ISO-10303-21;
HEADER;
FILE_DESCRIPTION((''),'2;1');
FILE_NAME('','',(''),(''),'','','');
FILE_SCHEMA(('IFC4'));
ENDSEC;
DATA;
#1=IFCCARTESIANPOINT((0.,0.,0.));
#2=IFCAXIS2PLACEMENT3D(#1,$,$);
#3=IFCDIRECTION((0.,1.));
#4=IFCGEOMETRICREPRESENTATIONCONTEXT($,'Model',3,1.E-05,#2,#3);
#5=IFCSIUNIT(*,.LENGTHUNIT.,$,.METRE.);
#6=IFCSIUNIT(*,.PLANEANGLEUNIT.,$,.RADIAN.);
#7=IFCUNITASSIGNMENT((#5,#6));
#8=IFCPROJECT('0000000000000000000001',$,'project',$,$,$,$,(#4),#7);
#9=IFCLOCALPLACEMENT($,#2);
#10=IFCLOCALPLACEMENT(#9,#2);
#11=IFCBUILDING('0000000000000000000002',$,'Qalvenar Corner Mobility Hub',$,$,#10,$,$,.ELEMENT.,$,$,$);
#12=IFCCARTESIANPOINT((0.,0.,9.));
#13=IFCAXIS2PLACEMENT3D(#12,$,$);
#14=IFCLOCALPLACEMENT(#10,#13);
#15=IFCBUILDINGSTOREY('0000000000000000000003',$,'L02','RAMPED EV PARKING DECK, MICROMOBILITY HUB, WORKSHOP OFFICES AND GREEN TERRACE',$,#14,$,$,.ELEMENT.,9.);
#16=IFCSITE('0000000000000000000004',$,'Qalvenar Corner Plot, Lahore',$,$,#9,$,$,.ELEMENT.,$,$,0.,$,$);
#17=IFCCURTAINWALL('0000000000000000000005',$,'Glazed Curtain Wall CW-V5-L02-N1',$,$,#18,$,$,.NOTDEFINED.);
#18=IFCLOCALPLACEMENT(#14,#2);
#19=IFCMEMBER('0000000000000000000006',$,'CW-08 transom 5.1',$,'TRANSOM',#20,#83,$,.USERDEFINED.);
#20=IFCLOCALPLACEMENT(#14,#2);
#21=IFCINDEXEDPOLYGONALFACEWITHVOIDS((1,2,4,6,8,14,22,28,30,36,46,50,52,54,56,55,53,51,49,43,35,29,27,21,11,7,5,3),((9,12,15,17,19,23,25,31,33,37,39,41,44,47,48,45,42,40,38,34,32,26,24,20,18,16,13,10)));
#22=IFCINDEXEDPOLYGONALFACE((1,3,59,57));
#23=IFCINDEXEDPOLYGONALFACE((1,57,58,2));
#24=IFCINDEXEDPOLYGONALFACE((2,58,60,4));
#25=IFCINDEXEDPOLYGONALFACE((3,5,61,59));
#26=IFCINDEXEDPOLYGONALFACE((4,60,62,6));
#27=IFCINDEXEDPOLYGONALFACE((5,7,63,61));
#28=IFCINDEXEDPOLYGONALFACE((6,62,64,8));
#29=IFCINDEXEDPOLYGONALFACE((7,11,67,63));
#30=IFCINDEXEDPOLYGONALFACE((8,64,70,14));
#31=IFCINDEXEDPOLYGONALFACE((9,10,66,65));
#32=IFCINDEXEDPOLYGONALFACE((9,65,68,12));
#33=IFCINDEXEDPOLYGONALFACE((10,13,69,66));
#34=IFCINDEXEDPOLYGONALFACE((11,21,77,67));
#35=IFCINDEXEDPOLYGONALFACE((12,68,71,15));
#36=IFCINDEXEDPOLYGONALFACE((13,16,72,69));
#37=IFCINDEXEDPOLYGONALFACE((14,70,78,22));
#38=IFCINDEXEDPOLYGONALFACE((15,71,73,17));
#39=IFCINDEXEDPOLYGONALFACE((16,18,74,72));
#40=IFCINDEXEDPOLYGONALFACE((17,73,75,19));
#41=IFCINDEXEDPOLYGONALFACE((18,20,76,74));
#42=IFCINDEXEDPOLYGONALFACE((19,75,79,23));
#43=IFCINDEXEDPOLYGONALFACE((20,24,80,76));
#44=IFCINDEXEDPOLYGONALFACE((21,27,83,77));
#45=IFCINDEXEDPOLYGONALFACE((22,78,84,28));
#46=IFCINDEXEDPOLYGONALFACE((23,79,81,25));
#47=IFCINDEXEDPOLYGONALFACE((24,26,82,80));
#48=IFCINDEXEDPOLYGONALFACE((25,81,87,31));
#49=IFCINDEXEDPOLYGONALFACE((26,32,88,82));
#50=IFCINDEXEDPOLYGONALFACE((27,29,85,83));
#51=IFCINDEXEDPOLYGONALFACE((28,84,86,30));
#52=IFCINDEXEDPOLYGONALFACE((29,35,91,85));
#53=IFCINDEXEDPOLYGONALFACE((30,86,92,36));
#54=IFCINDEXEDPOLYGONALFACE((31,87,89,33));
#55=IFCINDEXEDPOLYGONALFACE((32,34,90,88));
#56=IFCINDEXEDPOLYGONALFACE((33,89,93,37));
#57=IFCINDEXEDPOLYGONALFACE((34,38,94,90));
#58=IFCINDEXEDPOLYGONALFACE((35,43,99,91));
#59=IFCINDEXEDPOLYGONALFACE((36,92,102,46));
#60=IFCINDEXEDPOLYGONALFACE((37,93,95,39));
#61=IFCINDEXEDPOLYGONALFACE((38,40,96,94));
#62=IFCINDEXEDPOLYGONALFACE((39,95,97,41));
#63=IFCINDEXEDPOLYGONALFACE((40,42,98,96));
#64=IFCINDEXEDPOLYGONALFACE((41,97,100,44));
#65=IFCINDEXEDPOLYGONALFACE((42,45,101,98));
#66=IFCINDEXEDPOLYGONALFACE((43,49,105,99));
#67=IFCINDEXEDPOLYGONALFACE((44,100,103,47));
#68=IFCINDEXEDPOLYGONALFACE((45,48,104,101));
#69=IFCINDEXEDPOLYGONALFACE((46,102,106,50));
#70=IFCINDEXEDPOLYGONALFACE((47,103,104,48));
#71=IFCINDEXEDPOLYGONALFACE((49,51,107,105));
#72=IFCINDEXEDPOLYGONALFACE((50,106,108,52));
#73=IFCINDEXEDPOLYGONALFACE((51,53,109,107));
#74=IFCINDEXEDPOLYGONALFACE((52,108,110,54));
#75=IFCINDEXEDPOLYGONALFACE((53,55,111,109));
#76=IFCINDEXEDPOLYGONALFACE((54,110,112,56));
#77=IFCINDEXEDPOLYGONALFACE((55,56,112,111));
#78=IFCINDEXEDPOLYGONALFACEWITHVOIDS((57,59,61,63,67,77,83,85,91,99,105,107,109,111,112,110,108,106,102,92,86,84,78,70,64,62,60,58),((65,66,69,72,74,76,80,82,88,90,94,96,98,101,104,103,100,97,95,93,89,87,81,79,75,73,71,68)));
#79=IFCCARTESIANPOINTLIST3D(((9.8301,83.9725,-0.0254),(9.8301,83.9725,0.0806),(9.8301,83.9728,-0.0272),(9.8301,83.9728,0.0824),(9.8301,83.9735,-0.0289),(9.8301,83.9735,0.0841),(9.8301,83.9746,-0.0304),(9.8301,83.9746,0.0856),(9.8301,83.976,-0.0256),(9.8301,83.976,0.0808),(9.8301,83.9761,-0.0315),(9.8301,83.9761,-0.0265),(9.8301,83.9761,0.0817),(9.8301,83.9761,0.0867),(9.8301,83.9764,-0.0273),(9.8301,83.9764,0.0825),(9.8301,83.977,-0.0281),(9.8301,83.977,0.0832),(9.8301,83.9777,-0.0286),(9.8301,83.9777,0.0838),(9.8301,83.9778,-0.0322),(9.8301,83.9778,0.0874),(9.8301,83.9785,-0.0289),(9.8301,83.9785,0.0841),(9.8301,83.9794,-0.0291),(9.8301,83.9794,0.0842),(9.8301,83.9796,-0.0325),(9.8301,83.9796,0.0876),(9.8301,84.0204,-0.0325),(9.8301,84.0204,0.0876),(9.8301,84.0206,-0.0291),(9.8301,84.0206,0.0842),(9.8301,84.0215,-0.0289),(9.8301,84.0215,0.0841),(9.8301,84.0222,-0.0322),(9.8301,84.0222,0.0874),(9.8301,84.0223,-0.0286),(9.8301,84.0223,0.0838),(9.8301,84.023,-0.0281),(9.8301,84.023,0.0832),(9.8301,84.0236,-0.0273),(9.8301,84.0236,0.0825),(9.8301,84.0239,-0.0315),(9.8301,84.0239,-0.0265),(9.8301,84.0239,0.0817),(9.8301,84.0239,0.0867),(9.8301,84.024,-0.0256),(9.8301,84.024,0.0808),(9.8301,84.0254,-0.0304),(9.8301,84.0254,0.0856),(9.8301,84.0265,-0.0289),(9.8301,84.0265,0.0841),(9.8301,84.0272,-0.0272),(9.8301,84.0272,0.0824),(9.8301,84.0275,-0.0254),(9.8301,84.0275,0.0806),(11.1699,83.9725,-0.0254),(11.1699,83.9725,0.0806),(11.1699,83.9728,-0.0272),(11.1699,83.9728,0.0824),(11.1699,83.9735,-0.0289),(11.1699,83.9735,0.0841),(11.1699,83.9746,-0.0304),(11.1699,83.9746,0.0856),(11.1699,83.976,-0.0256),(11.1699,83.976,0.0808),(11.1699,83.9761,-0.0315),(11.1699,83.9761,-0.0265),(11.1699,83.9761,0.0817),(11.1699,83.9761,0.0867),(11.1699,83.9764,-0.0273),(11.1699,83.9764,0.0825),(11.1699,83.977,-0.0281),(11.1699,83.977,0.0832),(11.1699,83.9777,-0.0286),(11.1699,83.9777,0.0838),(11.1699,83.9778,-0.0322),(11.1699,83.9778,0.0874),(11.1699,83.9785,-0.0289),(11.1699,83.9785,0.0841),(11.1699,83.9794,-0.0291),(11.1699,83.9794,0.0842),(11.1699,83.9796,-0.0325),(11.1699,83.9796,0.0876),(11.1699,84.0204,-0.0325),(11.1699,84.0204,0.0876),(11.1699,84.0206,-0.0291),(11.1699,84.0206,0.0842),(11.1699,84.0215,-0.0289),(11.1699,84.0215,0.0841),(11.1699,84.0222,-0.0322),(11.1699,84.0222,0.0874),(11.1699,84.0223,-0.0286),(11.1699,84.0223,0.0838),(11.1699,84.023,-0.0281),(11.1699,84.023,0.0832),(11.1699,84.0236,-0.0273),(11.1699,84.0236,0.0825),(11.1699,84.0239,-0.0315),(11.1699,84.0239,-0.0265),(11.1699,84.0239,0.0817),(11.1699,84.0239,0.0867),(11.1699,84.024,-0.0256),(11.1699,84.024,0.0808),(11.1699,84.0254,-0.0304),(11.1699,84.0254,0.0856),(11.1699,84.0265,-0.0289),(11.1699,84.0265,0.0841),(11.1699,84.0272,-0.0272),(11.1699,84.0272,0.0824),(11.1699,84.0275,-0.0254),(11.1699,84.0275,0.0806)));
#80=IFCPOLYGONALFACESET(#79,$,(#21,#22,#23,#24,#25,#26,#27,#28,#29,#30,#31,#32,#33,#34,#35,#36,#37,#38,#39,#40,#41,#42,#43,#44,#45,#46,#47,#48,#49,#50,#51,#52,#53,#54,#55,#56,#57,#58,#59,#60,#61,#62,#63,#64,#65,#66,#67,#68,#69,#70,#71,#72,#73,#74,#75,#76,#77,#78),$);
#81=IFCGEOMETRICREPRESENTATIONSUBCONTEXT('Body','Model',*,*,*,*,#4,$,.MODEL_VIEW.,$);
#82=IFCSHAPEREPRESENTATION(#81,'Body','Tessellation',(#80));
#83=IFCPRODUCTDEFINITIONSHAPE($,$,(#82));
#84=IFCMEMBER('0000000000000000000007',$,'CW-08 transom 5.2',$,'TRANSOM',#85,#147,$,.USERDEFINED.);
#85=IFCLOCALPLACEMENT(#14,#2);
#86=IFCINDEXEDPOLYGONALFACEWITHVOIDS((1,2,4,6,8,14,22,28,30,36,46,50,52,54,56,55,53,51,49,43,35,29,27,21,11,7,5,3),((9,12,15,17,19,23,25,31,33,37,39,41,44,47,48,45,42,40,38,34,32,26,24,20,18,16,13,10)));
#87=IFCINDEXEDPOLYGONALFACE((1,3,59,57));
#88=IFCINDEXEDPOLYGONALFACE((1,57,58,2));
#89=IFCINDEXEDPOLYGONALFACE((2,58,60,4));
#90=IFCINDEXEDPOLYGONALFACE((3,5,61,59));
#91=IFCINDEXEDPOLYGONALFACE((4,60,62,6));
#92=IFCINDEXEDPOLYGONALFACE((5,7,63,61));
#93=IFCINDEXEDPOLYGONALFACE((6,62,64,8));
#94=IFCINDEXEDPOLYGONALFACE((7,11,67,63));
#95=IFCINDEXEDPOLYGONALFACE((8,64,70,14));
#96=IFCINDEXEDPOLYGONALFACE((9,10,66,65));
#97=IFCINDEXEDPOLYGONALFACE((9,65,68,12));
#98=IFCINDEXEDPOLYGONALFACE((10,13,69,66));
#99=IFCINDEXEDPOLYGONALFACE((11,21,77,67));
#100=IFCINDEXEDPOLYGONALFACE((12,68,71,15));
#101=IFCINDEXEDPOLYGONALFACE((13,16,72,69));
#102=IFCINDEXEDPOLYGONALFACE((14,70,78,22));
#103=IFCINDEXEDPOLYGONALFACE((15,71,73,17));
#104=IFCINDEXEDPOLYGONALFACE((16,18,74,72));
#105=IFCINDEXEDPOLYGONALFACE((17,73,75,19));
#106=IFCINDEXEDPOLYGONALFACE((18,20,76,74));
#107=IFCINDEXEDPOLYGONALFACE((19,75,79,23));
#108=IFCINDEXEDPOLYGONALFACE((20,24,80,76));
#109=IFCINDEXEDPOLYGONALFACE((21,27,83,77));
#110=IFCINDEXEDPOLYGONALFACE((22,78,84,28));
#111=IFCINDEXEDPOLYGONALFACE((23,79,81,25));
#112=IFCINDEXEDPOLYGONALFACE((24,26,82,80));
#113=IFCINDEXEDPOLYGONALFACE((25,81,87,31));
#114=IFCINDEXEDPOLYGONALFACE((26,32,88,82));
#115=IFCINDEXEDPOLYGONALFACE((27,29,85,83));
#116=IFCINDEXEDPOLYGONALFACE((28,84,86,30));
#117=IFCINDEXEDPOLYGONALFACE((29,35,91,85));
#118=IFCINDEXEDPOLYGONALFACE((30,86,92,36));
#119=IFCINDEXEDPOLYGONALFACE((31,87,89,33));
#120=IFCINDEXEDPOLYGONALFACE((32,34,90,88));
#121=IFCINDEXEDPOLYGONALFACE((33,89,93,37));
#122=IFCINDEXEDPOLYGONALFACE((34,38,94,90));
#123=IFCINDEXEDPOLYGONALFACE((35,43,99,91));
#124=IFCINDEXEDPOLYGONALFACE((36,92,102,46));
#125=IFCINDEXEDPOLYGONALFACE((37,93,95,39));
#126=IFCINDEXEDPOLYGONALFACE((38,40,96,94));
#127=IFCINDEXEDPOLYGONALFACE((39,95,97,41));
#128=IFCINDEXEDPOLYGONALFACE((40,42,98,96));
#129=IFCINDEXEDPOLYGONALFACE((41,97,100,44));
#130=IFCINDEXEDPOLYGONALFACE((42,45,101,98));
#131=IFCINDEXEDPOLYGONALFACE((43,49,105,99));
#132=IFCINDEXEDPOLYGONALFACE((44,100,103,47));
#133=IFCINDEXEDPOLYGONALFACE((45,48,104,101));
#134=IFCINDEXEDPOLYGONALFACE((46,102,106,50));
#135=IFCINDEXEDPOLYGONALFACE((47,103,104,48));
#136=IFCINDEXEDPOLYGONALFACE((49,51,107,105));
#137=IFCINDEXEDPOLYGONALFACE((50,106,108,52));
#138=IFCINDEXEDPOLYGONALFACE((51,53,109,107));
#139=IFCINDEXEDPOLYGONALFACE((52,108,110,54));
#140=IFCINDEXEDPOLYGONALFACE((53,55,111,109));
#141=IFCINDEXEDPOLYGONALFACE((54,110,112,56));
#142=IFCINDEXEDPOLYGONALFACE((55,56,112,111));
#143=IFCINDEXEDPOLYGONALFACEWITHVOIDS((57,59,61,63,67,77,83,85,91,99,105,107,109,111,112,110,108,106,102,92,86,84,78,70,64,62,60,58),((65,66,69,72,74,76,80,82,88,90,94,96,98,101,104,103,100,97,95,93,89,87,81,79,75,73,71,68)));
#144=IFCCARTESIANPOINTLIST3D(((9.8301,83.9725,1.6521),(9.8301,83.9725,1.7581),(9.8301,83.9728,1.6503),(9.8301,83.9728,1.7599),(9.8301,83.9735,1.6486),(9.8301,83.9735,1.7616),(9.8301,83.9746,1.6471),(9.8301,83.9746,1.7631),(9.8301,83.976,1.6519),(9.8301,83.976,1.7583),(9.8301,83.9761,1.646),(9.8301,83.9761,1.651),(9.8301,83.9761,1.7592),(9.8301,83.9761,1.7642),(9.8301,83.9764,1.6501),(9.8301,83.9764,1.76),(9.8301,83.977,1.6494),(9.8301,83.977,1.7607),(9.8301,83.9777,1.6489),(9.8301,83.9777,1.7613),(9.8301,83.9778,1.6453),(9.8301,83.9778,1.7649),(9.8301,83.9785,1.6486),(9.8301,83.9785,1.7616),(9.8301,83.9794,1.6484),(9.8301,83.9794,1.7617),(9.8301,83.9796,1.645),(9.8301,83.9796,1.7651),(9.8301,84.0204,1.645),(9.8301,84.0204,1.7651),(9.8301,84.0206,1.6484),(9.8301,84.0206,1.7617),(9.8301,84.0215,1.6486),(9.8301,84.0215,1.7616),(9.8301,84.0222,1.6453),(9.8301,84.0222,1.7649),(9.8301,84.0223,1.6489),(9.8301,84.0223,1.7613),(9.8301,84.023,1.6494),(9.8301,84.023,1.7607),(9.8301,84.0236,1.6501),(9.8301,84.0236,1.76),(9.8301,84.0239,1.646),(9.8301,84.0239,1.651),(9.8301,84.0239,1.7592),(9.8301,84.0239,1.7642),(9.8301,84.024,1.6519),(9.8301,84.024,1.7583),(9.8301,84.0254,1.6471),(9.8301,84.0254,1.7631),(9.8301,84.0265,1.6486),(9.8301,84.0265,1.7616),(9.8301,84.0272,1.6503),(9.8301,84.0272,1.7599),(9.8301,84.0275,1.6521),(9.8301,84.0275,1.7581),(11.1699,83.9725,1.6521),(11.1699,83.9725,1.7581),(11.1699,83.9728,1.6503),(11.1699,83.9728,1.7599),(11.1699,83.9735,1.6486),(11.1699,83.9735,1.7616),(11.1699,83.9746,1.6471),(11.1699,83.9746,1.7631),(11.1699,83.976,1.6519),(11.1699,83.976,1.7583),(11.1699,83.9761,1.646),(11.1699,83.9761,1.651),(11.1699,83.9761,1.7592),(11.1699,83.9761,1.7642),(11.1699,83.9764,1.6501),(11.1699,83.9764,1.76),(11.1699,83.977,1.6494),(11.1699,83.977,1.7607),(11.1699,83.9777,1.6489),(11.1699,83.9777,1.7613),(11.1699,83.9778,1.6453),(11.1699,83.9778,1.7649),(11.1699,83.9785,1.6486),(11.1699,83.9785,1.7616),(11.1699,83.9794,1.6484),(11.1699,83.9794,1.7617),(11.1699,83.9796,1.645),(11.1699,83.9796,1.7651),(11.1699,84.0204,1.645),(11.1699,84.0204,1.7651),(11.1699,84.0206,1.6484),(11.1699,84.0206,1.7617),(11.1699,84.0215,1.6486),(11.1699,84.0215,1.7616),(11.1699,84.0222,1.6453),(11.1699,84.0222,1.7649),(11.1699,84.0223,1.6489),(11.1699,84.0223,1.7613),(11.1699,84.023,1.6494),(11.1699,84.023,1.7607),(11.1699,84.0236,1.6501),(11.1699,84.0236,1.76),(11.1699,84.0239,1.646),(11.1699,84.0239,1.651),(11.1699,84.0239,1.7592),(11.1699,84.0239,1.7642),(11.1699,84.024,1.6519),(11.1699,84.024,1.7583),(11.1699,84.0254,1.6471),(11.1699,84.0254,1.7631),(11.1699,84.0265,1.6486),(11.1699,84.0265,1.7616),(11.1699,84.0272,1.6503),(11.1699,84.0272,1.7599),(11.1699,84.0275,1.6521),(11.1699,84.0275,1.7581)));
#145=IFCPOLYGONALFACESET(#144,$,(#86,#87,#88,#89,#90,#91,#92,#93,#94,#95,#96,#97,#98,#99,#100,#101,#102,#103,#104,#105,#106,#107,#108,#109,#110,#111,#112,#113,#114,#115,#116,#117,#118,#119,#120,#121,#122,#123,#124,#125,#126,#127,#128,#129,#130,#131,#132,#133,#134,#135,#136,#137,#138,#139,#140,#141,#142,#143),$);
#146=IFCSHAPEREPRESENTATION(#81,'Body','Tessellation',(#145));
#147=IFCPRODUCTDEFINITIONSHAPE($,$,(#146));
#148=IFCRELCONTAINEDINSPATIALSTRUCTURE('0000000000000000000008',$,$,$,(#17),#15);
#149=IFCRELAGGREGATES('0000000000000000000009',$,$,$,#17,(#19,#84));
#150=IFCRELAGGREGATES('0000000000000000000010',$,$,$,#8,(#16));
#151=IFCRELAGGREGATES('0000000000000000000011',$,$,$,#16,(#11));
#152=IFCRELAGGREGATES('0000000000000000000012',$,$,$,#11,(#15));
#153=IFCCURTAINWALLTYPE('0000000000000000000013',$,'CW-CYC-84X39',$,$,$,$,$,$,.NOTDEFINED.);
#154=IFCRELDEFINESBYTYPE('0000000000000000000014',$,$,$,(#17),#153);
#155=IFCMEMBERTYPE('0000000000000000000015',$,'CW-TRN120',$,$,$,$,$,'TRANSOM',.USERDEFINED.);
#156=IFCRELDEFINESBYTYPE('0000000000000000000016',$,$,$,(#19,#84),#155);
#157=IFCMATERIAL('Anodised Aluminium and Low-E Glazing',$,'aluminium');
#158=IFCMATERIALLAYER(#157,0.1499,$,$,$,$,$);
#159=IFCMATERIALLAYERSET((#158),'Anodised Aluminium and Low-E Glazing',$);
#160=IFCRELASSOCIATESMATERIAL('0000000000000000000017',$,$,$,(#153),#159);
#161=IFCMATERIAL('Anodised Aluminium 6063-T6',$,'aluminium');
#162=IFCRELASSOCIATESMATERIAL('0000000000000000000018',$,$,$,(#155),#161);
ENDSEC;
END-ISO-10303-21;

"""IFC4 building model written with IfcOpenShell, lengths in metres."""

from ifc_helpers import new_model, si_unit, direction, frame, origin, origin_2d, place, context, subcontext, project, spatial, hollow_rectangle, extrude, material, layer, layer_set, material_profile, profile_set, type_object, element, aggregate, save


model = new_model("IFC4")

# Units and contexts
model_context = context("Model", 3, precision=1e-05, world=origin(), true_north=direction((0.0, 1.0)))
body_context = subcontext(model_context, "Body", "Model", "MODEL_VIEW")
ifc_project = project(units=[si_unit("LENGTHUNIT", "METRE"), si_unit("PLANEANGLEUNIT", "RADIAN")], contexts=[model_context])

# Site, building, storey
site_placement = place(None, origin())
site = spatial("IfcSite", under=ifc_project, at=site_placement, Name="Qalvenar Corner Plot, Lahore", CompositionType="ELEMENT", RefElevation=0.0)
building_placement = place(site_placement, origin())
building = spatial("IfcBuilding", under=site, at=building_placement, Name="Qalvenar Corner Mobility Hub", CompositionType="ELEMENT")
storey_placement = place(building_placement, frame((0.0, 0.0, 9.0)))
storey = spatial("IfcBuildingStorey", under=building, at=storey_placement, Name="L02", Description="RAMPED EV PARKING DECK, MICROMOBILITY HUB, WORKSHOP OFFICES AND GREEN TERRACE", CompositionType="ELEMENT", Elevation=9.0)

# Curtain wall
ifc_material_1 = material(Name="Anodised Aluminium and Low-E Glazing", Category="aluminium")
ifc_layer_1 = layer(ifc_material_1, 0.1499)
ifc_layer_set_1 = layer_set([ifc_layer_1], Name="Anodised Aluminium and Low-E Glazing")
curtain_wall_type = type_object("IfcCurtainWallType", Name="CW-CYC-84X39", PredefinedType="NOTDEFINED", material=ifc_layer_set_1)
ifc_material_2 = material(Name="Anodised Aluminium 6063-T6", Category="aluminium")
curtain_wall_1_placement = place(storey_placement, origin())
curtain_wall_1 = element("IfcCurtainWall", 1, at=curtain_wall_1_placement, inside=storey, type_object=curtain_wall_type, Name="Glazed Curtain Wall CW-V5-L02-N1", PredefinedType="NOTDEFINED")

# Members
ifc_material_profile_1 = material_profile(ifc_material_2, hollow_rectangle(XDim=0.0549, YDim=0.1201, WallThickness=0.0034, InnerFilletRadius=0.0034, OuterFilletRadius=0.0071, at=origin_2d()), Name="RHS120x55x3.5")
ifc_profile_set_1 = profile_set([ifc_material_profile_1], Name="Anodised Aluminium 6063-T6")
member_type_1 = type_object("IfcMemberType", Name="CW-TRN120", ElementType="TRANSOM", PredefinedType="USERDEFINED", material=ifc_profile_set_1)
member_1_placement = place(storey_placement, frame((11.1699, 84.0, 0.0276), z_axis=(-1.0, 0.0, 0.0), x_axis=(0.0, -1.0, 0.0)))
member_1 = element("IfcMember", 2, at=member_1_placement, type_object=member_type_1, Name="CW-08 transom 5.1", ObjectType="TRANSOM", PredefinedType="USERDEFINED", context=body_context, shape_type="SweptSolid", body=[
    extrude(hollow_rectangle(XDim=0.0549, YDim=0.1201, WallThickness=0.0034, InnerFilletRadius=0.0034, OuterFilletRadius=0.0071, at=origin_2d()), origin(), (0.0, 0.0, 1.0), 1.3398),
])
member_2_placement = place(storey_placement, frame((11.1699, 84.0, 1.7051), z_axis=(-1.0, 0.0, 0.0), x_axis=(0.0, -1.0, 0.0)))
member_2 = element("IfcMember", 3, at=member_2_placement, type_object=member_type_1, Name="CW-08 transom 5.2", ObjectType="TRANSOM", PredefinedType="USERDEFINED", context=body_context, shape_type="SweptSolid", body=[
    extrude(hollow_rectangle(XDim=0.0549, YDim=0.1201, WallThickness=0.0034, InnerFilletRadius=0.0034, OuterFilletRadius=0.0071, at=origin_2d()), origin(), (0.0, 0.0, 1.0), 1.3398),
])

aggregate(curtain_wall_1, [member_1, member_2])

save(model, "model.ifc")
